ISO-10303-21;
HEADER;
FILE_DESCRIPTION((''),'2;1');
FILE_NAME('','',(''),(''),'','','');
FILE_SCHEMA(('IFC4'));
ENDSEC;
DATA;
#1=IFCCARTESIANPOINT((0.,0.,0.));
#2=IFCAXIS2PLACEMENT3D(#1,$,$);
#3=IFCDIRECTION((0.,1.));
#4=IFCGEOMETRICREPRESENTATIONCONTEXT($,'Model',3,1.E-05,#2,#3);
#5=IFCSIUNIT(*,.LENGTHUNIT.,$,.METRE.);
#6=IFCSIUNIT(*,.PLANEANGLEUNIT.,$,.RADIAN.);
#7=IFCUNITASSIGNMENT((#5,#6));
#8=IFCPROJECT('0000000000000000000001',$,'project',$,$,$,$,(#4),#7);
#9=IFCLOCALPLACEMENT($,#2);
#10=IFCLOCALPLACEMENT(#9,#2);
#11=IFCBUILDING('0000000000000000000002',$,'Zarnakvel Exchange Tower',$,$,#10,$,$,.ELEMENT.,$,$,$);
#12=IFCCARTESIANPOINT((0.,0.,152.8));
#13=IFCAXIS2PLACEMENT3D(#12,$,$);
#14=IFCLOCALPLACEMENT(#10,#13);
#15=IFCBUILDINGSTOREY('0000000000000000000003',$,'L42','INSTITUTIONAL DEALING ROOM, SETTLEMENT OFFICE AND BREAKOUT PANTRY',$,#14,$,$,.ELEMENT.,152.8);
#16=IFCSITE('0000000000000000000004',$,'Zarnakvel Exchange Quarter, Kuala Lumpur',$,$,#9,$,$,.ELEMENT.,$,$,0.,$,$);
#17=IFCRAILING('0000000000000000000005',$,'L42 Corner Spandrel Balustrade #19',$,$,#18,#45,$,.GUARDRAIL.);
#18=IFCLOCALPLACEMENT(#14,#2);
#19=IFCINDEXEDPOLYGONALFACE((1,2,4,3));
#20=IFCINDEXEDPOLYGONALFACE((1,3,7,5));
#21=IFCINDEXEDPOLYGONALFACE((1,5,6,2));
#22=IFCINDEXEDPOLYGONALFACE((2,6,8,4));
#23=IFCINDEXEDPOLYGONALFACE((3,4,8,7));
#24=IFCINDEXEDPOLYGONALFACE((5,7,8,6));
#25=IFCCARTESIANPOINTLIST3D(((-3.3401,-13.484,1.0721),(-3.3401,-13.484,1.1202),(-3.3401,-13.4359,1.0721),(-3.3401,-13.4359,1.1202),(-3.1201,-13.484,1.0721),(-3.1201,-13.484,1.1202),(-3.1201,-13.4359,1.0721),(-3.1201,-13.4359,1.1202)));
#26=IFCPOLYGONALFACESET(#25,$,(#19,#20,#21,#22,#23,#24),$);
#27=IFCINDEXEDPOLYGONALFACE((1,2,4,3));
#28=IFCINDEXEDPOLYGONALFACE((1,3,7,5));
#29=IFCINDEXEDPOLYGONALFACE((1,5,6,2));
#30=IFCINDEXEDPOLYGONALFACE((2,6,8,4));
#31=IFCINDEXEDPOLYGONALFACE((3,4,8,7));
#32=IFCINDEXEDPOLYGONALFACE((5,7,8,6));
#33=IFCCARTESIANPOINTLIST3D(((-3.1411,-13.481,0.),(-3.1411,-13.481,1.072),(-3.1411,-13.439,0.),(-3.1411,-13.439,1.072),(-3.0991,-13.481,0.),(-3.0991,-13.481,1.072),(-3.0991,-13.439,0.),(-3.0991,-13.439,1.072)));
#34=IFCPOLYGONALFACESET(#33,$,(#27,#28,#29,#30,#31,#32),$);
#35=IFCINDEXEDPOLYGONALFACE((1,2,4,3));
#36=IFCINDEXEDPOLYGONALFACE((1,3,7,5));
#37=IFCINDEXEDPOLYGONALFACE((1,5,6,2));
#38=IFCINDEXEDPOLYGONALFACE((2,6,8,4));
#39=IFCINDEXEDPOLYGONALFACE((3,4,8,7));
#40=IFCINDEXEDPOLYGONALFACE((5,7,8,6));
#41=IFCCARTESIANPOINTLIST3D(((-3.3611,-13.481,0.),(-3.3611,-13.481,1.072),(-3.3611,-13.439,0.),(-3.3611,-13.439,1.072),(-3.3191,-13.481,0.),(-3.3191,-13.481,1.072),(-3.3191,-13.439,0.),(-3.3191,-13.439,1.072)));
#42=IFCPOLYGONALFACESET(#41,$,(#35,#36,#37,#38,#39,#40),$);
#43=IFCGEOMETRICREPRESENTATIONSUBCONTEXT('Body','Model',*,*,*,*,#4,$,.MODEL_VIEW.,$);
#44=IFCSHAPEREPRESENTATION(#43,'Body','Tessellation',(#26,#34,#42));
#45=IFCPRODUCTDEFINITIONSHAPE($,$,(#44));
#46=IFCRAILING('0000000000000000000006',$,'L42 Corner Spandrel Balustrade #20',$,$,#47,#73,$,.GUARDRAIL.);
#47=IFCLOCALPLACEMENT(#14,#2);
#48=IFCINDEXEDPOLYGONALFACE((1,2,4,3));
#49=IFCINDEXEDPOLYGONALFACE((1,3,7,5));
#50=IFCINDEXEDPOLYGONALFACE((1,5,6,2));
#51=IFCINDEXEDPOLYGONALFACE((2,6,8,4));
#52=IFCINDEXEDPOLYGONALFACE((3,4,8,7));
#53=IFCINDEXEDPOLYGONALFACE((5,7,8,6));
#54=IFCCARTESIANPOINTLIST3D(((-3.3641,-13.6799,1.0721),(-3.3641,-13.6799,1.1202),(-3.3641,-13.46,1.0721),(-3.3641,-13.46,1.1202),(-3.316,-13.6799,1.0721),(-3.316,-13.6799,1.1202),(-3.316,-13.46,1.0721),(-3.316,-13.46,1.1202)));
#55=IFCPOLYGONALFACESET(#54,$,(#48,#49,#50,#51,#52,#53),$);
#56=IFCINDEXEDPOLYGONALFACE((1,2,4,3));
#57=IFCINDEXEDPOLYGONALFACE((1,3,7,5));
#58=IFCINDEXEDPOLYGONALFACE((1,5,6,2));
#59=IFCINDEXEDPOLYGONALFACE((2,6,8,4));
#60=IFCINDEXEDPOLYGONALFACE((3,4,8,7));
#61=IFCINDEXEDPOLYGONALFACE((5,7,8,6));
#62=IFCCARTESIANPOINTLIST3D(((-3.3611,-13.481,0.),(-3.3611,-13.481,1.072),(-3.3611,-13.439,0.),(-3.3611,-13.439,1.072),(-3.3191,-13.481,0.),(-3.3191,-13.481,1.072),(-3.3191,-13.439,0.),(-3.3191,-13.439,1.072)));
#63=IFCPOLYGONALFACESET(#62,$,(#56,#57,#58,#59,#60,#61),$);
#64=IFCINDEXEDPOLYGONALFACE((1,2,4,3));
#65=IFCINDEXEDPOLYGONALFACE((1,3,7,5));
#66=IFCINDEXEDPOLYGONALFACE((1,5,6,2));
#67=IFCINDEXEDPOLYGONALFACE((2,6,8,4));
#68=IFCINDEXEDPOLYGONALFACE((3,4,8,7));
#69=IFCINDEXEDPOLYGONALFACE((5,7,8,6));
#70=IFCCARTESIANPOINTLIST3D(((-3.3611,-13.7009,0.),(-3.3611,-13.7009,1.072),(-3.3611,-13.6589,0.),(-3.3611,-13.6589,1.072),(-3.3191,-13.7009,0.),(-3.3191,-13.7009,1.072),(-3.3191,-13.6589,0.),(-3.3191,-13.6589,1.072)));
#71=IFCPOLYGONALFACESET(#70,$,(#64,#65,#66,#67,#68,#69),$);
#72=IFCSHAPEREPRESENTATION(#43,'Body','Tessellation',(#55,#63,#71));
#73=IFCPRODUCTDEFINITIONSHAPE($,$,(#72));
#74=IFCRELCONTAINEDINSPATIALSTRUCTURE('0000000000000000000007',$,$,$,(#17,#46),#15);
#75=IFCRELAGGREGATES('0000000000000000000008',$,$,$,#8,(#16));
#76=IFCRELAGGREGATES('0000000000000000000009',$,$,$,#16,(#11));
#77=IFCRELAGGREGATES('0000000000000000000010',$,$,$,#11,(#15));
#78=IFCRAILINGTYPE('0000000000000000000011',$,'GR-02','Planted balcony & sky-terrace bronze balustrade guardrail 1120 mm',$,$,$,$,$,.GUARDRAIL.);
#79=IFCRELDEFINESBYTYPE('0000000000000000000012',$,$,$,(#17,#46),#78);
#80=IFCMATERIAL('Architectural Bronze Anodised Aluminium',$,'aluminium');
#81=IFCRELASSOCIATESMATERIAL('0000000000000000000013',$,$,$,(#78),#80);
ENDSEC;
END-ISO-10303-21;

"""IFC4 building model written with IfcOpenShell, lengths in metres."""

from ifc_helpers import new_model, si_unit, direction, frame, origin, origin_2d, place, context, subcontext, project, spatial, rectangle, extrude, material, type_object, element, save


model = new_model("IFC4")

# Units and contexts
model_context = context("Model", 3, precision=1e-05, world=origin(), true_north=direction((0.0, 1.0)))
body_context = subcontext(model_context, "Body", "Model", "MODEL_VIEW")
ifc_project = project(units=[si_unit("LENGTHUNIT", "METRE"), si_unit("PLANEANGLEUNIT", "RADIAN")], contexts=[model_context])

# Site, building, storey
site_placement = place(None, origin())
site = spatial("IfcSite", under=ifc_project, at=site_placement, Name="Zarnakvel Exchange Quarter, Kuala Lumpur", CompositionType="ELEMENT", RefElevation=0.0)
building_placement = place(site_placement, origin())
building = spatial("IfcBuilding", under=site, at=building_placement, Name="Zarnakvel Exchange Tower", CompositionType="ELEMENT")
storey_placement = place(building_placement, frame((0.0, 0.0, 152.8)))
storey = spatial("IfcBuildingStorey", under=building, at=storey_placement, Name="L42", Description="INSTITUTIONAL DEALING ROOM, SETTLEMENT OFFICE AND BREAKOUT PANTRY", CompositionType="ELEMENT", Elevation=152.8)

# Shared definitions
ifc_material_1 = material(Name="Architectural Bronze Anodised Aluminium", Category="aluminium")

# Railings
railing_type = type_object("IfcRailingType", Name="GR-02", Description="Planted balcony & sky-terrace bronze balustrade guardrail 1120 mm", PredefinedType="GUARDRAIL", material=ifc_material_1)
railing_1_placement = place(storey_placement, frame((-3.1201, -13.46, 0.0)))
element("IfcRailing", 1, at=railing_1_placement, inside=storey, type_object=railing_type, Name="L42 Corner Spandrel Balustrade #19", PredefinedType="GUARDRAIL", context=body_context, shape_type="SweptSolid", body=[
    extrude(rectangle(XDim=0.0481, YDim=0.0481, at=origin_2d()), frame((0.0, 0.0, 1.0962), z_axis=(-1.0, 0.0, 0.0), x_axis=(0.0, -1.0, 0.0)), (0.0, 0.0, 1.0), 0.22),
    extrude(rectangle(XDim=0.042, YDim=0.042, at=origin_2d()), origin(), (0.0, 0.0, 1.0), 1.072),
    extrude(rectangle(XDim=0.042, YDim=0.042, at=origin_2d()), frame((-0.22, 0.0, 0.0)), (0.0, 0.0, 1.0), 1.072),
])
railing_2_placement = place(storey_placement, frame((-3.3401, -13.46, 0.0)))
element("IfcRailing", 2, at=railing_2_placement, inside=storey, type_object=railing_type, Name="L42 Corner Spandrel Balustrade #20", PredefinedType="GUARDRAIL", context=body_context, shape_type="SweptSolid", body=[
    extrude(rectangle(XDim=0.0481, YDim=0.0481, at=origin_2d()), frame((0.0, 0.0, 1.0962), z_axis=(0.0, -1.0, 0.0), x_axis=(1.0, 0.0, 0.0)), (0.0, 0.0, 1.0), 0.22),
    extrude(rectangle(XDim=0.042, YDim=0.042, at=origin_2d()), origin(), (0.0, 0.0, 1.0), 1.072),
    extrude(rectangle(XDim=0.042, YDim=0.042, at=origin_2d()), frame((0.0, -0.22, 0.0)), (0.0, 0.0, 1.0), 1.072),
])

save(model, "model.ifc")
